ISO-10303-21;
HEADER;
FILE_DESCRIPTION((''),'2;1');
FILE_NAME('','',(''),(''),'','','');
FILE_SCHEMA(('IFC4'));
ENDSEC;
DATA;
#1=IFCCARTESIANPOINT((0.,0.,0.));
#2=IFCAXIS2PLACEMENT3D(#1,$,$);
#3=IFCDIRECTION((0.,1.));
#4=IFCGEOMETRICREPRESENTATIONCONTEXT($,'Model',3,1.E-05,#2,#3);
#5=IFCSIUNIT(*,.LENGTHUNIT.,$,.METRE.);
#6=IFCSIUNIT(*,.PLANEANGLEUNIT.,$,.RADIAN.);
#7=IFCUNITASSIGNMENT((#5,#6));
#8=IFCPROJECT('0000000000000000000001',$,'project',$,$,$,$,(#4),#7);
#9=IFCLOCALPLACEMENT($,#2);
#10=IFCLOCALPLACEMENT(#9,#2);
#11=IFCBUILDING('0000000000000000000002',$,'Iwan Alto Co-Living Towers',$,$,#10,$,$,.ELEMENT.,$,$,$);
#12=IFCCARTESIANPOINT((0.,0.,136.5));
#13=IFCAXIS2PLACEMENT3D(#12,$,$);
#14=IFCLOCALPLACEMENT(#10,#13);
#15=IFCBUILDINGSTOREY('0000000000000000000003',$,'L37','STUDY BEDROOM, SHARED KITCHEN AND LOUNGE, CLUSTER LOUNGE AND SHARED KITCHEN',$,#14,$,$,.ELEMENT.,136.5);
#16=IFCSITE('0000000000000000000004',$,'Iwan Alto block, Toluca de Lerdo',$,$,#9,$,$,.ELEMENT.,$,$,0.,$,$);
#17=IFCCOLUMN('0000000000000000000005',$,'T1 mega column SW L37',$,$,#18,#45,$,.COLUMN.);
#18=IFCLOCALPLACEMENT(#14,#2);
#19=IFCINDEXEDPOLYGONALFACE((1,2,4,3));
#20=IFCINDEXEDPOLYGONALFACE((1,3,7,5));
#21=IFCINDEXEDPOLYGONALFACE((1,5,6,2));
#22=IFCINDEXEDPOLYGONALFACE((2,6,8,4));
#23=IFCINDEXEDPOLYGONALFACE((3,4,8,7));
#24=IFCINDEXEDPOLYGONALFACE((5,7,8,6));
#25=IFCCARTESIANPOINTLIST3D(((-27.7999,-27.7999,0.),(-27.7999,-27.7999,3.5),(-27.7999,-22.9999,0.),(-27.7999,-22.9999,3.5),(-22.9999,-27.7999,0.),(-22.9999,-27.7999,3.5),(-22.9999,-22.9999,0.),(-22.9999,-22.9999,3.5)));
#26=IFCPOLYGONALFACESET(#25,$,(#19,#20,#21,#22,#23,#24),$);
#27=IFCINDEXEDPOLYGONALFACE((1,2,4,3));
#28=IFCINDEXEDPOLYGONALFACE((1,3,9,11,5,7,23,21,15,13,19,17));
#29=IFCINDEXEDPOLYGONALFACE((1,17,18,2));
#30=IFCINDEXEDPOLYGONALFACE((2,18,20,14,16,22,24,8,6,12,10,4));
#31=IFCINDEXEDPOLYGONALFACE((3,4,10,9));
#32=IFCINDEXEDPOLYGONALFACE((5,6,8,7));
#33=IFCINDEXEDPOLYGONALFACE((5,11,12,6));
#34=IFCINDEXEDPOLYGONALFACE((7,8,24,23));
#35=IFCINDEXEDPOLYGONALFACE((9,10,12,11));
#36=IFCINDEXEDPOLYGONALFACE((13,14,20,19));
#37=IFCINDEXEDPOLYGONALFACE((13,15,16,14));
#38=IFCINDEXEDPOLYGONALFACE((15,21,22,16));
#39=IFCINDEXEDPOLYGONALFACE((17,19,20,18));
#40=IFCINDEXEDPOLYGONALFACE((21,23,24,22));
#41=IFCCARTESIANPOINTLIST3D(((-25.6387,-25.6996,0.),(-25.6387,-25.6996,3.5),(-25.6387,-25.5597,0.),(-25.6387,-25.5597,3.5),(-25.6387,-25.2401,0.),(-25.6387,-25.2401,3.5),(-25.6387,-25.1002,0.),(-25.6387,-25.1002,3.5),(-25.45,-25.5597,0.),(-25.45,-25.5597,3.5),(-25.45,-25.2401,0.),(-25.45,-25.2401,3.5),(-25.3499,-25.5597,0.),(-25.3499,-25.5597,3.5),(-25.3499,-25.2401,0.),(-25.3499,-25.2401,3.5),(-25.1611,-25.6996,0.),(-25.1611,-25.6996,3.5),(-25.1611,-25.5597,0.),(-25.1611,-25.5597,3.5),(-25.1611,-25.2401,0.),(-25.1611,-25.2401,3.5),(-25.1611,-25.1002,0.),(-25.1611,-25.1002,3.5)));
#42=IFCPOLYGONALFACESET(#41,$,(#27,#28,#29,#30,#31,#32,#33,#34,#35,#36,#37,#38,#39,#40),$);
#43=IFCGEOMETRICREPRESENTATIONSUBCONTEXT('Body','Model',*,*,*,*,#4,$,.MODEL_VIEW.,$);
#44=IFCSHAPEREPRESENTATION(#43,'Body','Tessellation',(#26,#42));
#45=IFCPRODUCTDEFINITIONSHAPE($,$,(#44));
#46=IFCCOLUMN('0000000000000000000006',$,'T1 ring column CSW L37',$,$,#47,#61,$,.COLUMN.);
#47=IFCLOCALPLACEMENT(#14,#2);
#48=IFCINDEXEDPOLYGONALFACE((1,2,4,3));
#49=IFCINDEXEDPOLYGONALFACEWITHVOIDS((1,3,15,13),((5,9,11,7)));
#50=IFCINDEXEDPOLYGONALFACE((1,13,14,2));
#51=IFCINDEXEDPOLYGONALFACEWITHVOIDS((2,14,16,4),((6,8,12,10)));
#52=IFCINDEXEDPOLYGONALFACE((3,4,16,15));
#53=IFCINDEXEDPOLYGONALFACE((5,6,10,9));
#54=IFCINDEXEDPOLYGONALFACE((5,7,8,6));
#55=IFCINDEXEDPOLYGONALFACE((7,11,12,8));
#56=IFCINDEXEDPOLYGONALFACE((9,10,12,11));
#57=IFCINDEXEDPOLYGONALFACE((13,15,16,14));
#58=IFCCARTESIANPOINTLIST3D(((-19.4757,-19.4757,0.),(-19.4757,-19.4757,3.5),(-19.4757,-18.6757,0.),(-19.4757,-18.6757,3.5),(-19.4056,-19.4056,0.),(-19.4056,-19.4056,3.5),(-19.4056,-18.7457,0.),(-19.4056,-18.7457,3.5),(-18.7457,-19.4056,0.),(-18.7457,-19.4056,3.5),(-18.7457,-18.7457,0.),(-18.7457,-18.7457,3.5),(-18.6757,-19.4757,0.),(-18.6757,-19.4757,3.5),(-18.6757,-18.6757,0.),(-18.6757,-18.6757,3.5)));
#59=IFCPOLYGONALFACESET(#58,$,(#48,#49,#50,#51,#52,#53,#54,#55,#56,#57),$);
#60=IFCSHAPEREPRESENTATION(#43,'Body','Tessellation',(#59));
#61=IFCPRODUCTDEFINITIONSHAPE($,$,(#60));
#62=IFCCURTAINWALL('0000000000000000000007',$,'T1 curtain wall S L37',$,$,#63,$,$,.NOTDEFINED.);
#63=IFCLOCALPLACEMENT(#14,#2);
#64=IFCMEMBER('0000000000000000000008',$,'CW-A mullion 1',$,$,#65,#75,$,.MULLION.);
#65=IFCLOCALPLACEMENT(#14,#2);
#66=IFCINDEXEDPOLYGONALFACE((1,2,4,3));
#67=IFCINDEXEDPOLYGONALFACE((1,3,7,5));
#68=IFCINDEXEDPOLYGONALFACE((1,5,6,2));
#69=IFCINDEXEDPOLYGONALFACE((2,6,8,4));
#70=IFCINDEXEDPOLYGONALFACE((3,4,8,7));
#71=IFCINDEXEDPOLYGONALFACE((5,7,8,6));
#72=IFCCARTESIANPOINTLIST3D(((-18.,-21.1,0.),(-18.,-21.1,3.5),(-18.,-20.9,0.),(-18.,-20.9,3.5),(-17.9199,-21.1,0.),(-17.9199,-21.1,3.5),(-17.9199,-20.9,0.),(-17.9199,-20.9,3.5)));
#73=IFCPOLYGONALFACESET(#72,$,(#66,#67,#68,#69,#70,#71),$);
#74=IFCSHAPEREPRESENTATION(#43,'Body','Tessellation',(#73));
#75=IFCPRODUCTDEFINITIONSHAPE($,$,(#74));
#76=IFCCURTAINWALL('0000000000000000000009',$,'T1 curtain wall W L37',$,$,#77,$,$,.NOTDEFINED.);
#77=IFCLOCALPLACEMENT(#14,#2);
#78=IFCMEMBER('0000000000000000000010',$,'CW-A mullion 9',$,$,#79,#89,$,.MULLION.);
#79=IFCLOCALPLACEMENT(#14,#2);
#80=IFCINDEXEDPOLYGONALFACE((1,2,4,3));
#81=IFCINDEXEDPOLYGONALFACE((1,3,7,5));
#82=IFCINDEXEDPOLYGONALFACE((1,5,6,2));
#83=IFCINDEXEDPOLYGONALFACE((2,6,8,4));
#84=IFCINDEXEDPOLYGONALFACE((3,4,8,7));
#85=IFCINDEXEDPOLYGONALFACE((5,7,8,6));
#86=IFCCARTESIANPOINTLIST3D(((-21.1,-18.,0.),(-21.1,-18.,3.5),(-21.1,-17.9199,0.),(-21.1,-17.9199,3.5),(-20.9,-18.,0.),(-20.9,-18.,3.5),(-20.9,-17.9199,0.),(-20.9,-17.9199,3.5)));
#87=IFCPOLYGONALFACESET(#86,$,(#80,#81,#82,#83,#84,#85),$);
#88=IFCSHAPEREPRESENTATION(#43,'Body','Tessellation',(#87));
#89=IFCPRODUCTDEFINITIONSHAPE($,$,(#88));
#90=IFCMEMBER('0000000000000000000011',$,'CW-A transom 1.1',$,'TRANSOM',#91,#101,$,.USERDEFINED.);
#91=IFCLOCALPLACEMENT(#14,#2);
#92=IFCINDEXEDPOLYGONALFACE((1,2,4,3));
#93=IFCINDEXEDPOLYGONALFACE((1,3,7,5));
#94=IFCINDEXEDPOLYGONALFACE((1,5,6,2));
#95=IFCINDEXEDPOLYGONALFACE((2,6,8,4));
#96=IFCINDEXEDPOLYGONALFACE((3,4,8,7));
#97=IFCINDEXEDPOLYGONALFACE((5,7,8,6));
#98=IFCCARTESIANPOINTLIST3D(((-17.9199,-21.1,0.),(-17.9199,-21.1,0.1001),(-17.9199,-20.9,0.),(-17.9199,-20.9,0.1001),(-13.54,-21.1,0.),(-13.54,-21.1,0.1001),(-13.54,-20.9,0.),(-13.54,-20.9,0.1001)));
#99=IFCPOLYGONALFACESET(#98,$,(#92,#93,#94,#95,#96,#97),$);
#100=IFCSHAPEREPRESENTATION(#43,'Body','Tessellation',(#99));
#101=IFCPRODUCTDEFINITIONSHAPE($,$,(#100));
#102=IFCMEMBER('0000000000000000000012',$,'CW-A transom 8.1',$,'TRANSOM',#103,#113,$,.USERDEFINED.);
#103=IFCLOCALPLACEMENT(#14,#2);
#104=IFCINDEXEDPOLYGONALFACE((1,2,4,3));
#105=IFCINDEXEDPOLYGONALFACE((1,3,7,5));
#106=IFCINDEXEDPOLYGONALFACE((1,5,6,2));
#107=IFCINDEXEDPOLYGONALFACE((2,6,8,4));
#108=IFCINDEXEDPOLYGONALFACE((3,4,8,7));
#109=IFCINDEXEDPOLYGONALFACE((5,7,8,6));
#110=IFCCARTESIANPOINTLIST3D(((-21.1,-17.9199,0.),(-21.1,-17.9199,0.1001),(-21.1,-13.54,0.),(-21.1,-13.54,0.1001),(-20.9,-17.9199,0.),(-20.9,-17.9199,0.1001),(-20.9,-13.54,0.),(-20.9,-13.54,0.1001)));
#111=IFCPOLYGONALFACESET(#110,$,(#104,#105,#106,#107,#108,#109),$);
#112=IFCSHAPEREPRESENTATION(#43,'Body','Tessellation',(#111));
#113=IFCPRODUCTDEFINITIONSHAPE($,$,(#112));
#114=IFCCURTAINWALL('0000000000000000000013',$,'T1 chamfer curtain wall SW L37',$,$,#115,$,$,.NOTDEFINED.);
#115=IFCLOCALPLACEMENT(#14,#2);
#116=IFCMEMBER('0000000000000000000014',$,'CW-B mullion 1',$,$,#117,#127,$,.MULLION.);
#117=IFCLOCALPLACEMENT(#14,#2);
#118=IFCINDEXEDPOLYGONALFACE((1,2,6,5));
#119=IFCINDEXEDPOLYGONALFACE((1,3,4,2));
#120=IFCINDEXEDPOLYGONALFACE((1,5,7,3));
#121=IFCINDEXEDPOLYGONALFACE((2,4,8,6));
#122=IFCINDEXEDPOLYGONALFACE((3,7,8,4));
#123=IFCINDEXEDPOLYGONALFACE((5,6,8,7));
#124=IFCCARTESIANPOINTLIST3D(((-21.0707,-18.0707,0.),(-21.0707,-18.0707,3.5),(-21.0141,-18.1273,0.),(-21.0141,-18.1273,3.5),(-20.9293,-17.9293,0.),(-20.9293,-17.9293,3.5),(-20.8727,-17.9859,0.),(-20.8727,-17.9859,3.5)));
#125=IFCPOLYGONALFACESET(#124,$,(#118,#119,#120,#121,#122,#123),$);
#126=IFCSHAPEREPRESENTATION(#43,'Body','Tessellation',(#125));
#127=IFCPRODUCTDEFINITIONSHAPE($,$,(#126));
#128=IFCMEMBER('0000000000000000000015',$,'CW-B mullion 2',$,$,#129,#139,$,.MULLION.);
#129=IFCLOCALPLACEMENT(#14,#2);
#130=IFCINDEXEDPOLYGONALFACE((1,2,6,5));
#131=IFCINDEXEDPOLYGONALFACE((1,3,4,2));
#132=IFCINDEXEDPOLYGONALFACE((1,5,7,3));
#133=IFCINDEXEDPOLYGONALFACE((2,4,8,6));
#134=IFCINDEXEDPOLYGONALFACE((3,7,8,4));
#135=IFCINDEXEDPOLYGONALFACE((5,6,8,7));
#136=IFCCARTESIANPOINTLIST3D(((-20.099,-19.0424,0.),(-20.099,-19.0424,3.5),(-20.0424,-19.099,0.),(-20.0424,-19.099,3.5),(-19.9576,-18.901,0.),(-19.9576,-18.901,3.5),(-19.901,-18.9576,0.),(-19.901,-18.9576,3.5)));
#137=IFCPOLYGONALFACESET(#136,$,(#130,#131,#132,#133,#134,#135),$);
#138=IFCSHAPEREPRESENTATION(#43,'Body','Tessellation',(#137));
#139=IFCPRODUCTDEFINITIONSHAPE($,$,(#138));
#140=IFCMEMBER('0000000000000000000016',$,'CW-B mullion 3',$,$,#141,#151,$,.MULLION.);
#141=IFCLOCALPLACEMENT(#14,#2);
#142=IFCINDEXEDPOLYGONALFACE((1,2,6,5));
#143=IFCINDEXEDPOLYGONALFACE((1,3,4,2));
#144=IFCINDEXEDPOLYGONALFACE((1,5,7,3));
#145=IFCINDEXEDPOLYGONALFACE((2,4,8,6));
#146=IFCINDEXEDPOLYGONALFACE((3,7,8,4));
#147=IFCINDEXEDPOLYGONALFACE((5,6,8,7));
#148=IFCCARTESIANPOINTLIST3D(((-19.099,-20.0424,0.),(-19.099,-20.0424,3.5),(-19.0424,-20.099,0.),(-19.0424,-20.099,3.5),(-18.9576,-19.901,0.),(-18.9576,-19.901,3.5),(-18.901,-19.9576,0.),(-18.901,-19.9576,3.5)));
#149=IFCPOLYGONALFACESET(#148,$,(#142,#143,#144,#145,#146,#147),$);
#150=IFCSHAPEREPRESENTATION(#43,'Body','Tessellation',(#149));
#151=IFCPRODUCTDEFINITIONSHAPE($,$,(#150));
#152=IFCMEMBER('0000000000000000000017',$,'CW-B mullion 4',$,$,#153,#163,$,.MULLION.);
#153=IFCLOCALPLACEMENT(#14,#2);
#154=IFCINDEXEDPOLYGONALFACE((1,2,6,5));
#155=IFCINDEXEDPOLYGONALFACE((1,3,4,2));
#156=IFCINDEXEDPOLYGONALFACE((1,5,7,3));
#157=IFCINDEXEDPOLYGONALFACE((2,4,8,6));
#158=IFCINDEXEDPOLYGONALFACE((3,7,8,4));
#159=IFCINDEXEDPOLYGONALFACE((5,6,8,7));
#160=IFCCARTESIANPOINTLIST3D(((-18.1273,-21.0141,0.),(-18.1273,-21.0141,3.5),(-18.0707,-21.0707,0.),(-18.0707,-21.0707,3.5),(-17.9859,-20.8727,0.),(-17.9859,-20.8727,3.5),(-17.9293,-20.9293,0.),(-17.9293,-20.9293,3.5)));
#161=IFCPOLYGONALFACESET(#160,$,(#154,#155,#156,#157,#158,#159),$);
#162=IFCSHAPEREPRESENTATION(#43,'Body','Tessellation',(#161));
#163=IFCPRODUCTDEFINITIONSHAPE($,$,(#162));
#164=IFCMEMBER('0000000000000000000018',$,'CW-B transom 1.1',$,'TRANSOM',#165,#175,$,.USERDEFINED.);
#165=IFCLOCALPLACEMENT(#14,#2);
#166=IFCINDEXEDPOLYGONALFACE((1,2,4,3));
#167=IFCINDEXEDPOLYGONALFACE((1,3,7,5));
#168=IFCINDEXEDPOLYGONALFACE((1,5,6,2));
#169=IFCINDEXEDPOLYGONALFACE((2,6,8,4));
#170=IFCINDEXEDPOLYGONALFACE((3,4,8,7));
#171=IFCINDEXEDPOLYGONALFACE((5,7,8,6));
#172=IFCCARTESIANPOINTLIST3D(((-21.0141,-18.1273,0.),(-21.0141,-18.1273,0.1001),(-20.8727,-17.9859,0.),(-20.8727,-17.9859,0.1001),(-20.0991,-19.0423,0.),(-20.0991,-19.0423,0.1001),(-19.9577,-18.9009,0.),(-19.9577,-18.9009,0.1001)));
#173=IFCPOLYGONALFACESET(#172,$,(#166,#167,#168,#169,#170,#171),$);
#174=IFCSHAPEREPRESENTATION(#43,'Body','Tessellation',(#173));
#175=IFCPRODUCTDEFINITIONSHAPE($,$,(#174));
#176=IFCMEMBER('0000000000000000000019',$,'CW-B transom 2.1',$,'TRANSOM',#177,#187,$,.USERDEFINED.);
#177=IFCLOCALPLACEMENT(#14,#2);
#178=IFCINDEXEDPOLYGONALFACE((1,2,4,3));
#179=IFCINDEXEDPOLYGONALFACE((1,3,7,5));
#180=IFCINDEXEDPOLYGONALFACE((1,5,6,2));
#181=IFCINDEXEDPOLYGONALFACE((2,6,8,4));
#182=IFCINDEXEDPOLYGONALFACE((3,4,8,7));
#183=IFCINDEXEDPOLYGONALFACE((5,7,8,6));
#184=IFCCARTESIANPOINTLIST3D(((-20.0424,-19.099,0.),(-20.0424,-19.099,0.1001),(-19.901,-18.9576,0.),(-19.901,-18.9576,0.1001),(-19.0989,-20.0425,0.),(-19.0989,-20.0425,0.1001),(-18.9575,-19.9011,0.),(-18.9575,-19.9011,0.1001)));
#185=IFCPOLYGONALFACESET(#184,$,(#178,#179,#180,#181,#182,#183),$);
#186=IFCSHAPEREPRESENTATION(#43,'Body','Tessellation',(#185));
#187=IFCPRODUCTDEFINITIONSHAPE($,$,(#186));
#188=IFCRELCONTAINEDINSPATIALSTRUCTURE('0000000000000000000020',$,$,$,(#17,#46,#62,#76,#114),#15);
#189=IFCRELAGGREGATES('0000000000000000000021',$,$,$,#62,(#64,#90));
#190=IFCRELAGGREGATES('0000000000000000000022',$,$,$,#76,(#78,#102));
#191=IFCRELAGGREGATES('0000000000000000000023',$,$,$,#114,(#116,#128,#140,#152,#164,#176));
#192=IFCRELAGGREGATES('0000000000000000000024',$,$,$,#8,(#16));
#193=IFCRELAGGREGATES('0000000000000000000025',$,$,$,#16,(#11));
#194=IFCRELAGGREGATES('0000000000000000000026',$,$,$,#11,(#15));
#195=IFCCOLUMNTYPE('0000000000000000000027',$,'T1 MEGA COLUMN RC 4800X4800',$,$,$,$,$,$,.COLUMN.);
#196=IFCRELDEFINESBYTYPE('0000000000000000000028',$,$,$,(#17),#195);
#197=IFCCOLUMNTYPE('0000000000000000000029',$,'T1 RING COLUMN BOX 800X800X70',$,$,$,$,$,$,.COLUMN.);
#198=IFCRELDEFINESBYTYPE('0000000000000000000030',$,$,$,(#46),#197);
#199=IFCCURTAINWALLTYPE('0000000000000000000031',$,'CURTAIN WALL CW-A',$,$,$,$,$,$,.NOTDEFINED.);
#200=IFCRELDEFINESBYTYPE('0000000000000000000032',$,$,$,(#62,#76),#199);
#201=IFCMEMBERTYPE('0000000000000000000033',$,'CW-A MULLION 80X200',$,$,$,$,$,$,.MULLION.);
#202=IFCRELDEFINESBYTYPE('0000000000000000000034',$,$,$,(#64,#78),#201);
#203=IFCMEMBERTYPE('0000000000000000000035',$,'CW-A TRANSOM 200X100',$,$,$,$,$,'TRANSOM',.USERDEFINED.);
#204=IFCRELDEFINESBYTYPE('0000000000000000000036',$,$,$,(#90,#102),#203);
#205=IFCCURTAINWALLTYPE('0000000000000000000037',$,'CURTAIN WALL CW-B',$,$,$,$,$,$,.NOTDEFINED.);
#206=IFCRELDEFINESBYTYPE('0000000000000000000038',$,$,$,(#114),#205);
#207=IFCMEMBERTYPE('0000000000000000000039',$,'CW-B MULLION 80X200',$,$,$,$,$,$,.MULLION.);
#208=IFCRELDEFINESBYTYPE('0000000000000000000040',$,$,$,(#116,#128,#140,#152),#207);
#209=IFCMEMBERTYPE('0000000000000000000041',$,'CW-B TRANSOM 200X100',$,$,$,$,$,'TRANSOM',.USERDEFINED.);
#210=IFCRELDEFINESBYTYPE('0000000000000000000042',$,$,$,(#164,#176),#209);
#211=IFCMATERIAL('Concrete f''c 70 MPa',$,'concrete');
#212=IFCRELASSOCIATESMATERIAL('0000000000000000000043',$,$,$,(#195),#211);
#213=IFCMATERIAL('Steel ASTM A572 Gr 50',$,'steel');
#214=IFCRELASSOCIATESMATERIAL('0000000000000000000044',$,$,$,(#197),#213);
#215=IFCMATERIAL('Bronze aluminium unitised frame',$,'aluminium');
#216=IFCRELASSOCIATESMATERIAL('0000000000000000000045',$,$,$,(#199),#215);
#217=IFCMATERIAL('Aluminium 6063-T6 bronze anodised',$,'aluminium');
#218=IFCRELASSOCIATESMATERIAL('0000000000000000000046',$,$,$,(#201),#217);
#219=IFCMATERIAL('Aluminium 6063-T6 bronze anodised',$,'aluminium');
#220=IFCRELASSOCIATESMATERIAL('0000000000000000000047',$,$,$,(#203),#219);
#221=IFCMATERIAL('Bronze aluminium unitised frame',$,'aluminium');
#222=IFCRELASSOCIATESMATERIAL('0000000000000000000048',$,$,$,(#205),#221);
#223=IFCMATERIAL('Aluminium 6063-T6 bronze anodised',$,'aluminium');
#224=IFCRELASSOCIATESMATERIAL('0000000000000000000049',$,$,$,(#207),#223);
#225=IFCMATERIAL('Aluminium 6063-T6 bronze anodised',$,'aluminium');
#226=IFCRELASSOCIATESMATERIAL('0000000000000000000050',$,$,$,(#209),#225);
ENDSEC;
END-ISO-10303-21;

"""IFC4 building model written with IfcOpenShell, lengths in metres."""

from ifc_helpers import new_model, si_unit, direction, frame, origin, origin_2d, place, context, subcontext, project, spatial, rectangle, hollow_rectangle, i_section, extrude, material, material_profile, profile_set, type_object, element, aggregate, save


model = new_model("IFC4")

# Units and contexts
model_context = context("Model", 3, precision=1e-05, world=origin(), true_north=direction((0.0, 1.0)))
body_context = subcontext(model_context, "Body", "Model", "MODEL_VIEW")
ifc_project = project(units=[si_unit("LENGTHUNIT", "METRE"), si_unit("PLANEANGLEUNIT", "RADIAN")], contexts=[model_context])

# Site, building, storey
site_placement = place(None, origin())
site = spatial("IfcSite", under=ifc_project, at=site_placement, Name="Iwan Alto block, Toluca de Lerdo", CompositionType="ELEMENT", RefElevation=0.0)
building_placement = place(site_placement, origin())
building = spatial("IfcBuilding", under=site, at=building_placement, Name="Iwan Alto Co-Living Towers", CompositionType="ELEMENT")
storey_placement = place(building_placement, frame((0.0, 0.0, 136.5)))
storey = spatial("IfcBuildingStorey", under=building, at=storey_placement, Name="L37", Description="STUDY BEDROOM, SHARED KITCHEN AND LOUNGE, CLUSTER LOUNGE AND SHARED KITCHEN", CompositionType="ELEMENT", Elevation=136.5)

# Columns
ifc_material_1 = material(Name="Concrete f'c 70 MPa", Category="concrete")
ifc_material_profile_1 = material_profile(ifc_material_1, rectangle(XDim=4.8, YDim=4.8, at=origin_2d()), Name="RC 4800X4800")
ifc_profile_set_1 = profile_set([ifc_material_profile_1], Name="Concrete f'c 70 MPa")
column_type_1 = type_object("IfcColumnType", Name="T1 MEGA COLUMN RC 4800X4800", PredefinedType="COLUMN", material=ifc_profile_set_1)
column_1_placement = place(storey_placement, frame((-25.3999, -25.3999, 0.0), z_axis=(0.0, 0.0, 1.0), x_axis=(1.0, 0.0, 0.0)))
element("IfcColumn", 1, at=column_1_placement, inside=storey, type_object=column_type_1, Name="T1 mega column SW L37", PredefinedType="COLUMN", context=body_context, shape_type="SweptSolid", body=[
    extrude(rectangle(XDim=4.8, YDim=4.8, at=origin_2d()), origin(), (0.0, 0.0, 1.0), 3.5),
    extrude(i_section(OverallWidth=0.4775, OverallDepth=0.5994, WebThickness=0.1001, FlangeThickness=0.1399, at=origin_2d()), origin(), (0.0, 0.0, 1.0), 3.5),
])
ifc_material_2 = material(Name="Steel ASTM A572 Gr 50", Category="steel")
ifc_material_profile_2 = material_profile(ifc_material_2, hollow_rectangle(XDim=0.8, YDim=0.8, WallThickness=0.0701, at=origin_2d()), Name="BOX 800X800X70")
ifc_profile_set_2 = profile_set([ifc_material_profile_2], Name="Steel ASTM A572 Gr 50")
column_type_2 = type_object("IfcColumnType", Name="T1 RING COLUMN BOX 800X800X70", PredefinedType="COLUMN", material=ifc_profile_set_2)
column_2_placement = place(storey_placement, frame((-19.0757, -19.0757, 0.0), z_axis=(0.0, 0.0, 1.0), x_axis=(1.0, 0.0, 0.0)))
element("IfcColumn", 2, at=column_2_placement, inside=storey, type_object=column_type_2, Name="T1 ring column CSW L37", PredefinedType="COLUMN", context=body_context, shape_type="SweptSolid", body=[
    extrude(hollow_rectangle(XDim=0.8, YDim=0.8, WallThickness=0.0701, at=origin_2d()), origin(), (0.0, 0.0, 1.0), 3.5),
])

# Curtain walls, members
ifc_material_3 = material(Name="Bronze aluminium unitised frame", Category="aluminium")
curtain_wall_type_1 = type_object("IfcCurtainWallType", Name="CURTAIN WALL CW-A", PredefinedType="NOTDEFINED", material=ifc_material_3)
curtain_wall_1_placement = place(storey_placement, origin())
curtain_wall_1 = element("IfcCurtainWall", 3, at=curtain_wall_1_placement, inside=storey, type_object=curtain_wall_type_1, Name="T1 curtain wall S L37", PredefinedType="NOTDEFINED")
ifc_material_4 = material(Name="Aluminium 6063-T6 bronze anodised", Category="aluminium")
ifc_material_profile_3 = material_profile(ifc_material_4, rectangle(XDim=0.2, YDim=0.0801, at=origin_2d()), Name="AL 80X200")
ifc_profile_set_3 = profile_set([ifc_material_profile_3], Name="Aluminium 6063-T6 bronze anodised")
member_type_1 = type_object("IfcMemberType", Name="CW-A MULLION 80X200", PredefinedType="MULLION", material=ifc_profile_set_3)
member_1_placement = place(storey_placement, frame((-17.96, -21.0, 0.0), z_axis=(0.0, 0.0, 1.0), x_axis=(0.0, 1.0, 0.0)))
member_1 = element("IfcMember", 4, at=member_1_placement, type_object=member_type_1, Name="CW-A mullion 1", PredefinedType="MULLION", context=body_context, shape_type="SweptSolid", body=[
    extrude(rectangle(XDim=0.2, YDim=0.0801, at=origin_2d()), origin(), (0.0, 0.0, 1.0), 3.5),
])
curtain_wall_2_placement = place(storey_placement, origin())
curtain_wall_2 = element("IfcCurtainWall", 5, at=curtain_wall_2_placement, inside=storey, type_object=curtain_wall_type_1, Name="T1 curtain wall W L37", PredefinedType="NOTDEFINED")
member_2_placement = place(storey_placement, frame((-21.0, -17.96, 0.0), z_axis=(0.0, 0.0, 1.0), x_axis=(1.0, 0.0, 0.0)))
member_2 = element("IfcMember", 6, at=member_2_placement, type_object=member_type_1, Name="CW-A mullion 9", PredefinedType="MULLION", context=body_context, shape_type="SweptSolid", body=[
    extrude(rectangle(XDim=0.2, YDim=0.0801, at=origin_2d()), origin(), (0.0, 0.0, 1.0), 3.5),
])

# Members
ifc_material_5 = material(Name="Aluminium 6063-T6 bronze anodised", Category="aluminium")
ifc_material_profile_4 = material_profile(ifc_material_5, rectangle(XDim=0.2, YDim=0.1001, at=origin_2d()), Name="AL 200X100")
ifc_profile_set_4 = profile_set([ifc_material_profile_4], Name="Aluminium 6063-T6 bronze anodised")
member_type_2 = type_object("IfcMemberType", Name="CW-A TRANSOM 200X100", ElementType="TRANSOM", PredefinedType="USERDEFINED", material=ifc_profile_set_4)
member_3_placement = place(storey_placement, frame((-17.9199, -21.0, 0.05), z_axis=(1.0, 0.0, 0.0), x_axis=(0.0, 1.0, 0.0)))
member_3 = element("IfcMember", 7, at=member_3_placement, type_object=member_type_2, Name="CW-A transom 1.1", ObjectType="TRANSOM", PredefinedType="USERDEFINED", context=body_context, shape_type="SweptSolid", body=[
    extrude(rectangle(XDim=0.2, YDim=0.1001, at=origin_2d()), origin(), (0.0, 0.0, 1.0), 4.3799),
])
member_4_placement = place(storey_placement, frame((-21.0, -13.54, 0.05), z_axis=(0.0, -1.0, 0.0), x_axis=(1.0, 0.0, 0.0)))
member_4 = element("IfcMember", 8, at=member_4_placement, type_object=member_type_2, Name="CW-A transom 8.1", ObjectType="TRANSOM", PredefinedType="USERDEFINED", context=body_context, shape_type="SweptSolid", body=[
    extrude(rectangle(XDim=0.2, YDim=0.1001, at=origin_2d()), origin(), (0.0, 0.0, 1.0), 4.3799),
])

# Curtain wall, members
ifc_material_6 = material(Name="Bronze aluminium unitised frame", Category="aluminium")
curtain_wall_type_2 = type_object("IfcCurtainWallType", Name="CURTAIN WALL CW-B", PredefinedType="NOTDEFINED", material=ifc_material_6)
curtain_wall_3_placement = place(storey_placement, origin())
curtain_wall_3 = element("IfcCurtainWall", 9, at=curtain_wall_3_placement, inside=storey, type_object=curtain_wall_type_2, Name="T1 chamfer curtain wall SW L37", PredefinedType="NOTDEFINED")
ifc_material_7 = material(Name="Aluminium 6063-T6 bronze anodised", Category="aluminium")
ifc_material_profile_5 = material_profile(ifc_material_7, rectangle(XDim=0.2, YDim=0.0801, at=origin_2d()), Name="AL 80X200")
ifc_profile_set_5 = profile_set([ifc_material_profile_5], Name="Aluminium 6063-T6 bronze anodised")
member_type_3 = type_object("IfcMemberType", Name="CW-B MULLION 80X200", PredefinedType="MULLION", material=ifc_profile_set_5)
member_5_placement = place(storey_placement, frame((-20.9717, -18.0283, 0.0), z_axis=(0.0, 0.0, 1.0), x_axis=(0.707107, 0.707107, 0.0)))
member_5 = element("IfcMember", 10, at=member_5_placement, type_object=member_type_3, Name="CW-B mullion 1", PredefinedType="MULLION", context=body_context, shape_type="SweptSolid", body=[
    extrude(rectangle(XDim=0.2, YDim=0.0801, at=origin_2d()), origin(), (0.0, 0.0, 1.0), 3.5),
])
member_6_placement = place(storey_placement, frame((-20.0, -19.0, 0.0), z_axis=(0.0, 0.0, 1.0), x_axis=(0.707107, 0.707107, 0.0)))
member_6 = element("IfcMember", 11, at=member_6_placement, type_object=member_type_3, Name="CW-B mullion 2", PredefinedType="MULLION", context=body_context, shape_type="SweptSolid", body=[
    extrude(rectangle(XDim=0.2, YDim=0.0801, at=origin_2d()), origin(), (0.0, 0.0, 1.0), 3.5),
])
member_7_placement = place(storey_placement, frame((-19.0, -20.0, 0.0), z_axis=(0.0, 0.0, 1.0), x_axis=(0.707107, 0.707107, 0.0)))
member_7 = element("IfcMember", 12, at=member_7_placement, type_object=member_type_3, Name="CW-B mullion 3", PredefinedType="MULLION", context=body_context, shape_type="SweptSolid", body=[
    extrude(rectangle(XDim=0.2, YDim=0.0801, at=origin_2d()), origin(), (0.0, 0.0, 1.0), 3.5),
])
member_8_placement = place(storey_placement, frame((-18.0283, -20.9717, 0.0), z_axis=(0.0, 0.0, 1.0), x_axis=(0.707107, 0.707107, 0.0)))
member_8 = element("IfcMember", 13, at=member_8_placement, type_object=member_type_3, Name="CW-B mullion 4", PredefinedType="MULLION", context=body_context, shape_type="SweptSolid", body=[
    extrude(rectangle(XDim=0.2, YDim=0.0801, at=origin_2d()), origin(), (0.0, 0.0, 1.0), 3.5),
])
ifc_material_8 = material(Name="Aluminium 6063-T6 bronze anodised", Category="aluminium")
ifc_material_profile_6 = material_profile(ifc_material_8, rectangle(XDim=0.2, YDim=0.1001, at=origin_2d()), Name="AL 200X100")
ifc_profile_set_6 = profile_set([ifc_material_profile_6], Name="Aluminium 6063-T6 bronze anodised")
member_type_4 = type_object("IfcMemberType", Name="CW-B TRANSOM 200X100", ElementType="TRANSOM", PredefinedType="USERDEFINED", material=ifc_profile_set_6)
member_9_placement = place(storey_placement, frame((-20.9434, -18.0566, 0.05), z_axis=(0.707107, -0.707107, 0.0), x_axis=(0.707107, 0.707107, 0.0)))
member_9 = element("IfcMember", 14, at=member_9_placement, type_object=member_type_4, Name="CW-B transom 1.1", ObjectType="TRANSOM", PredefinedType="USERDEFINED", context=body_context, shape_type="SweptSolid", body=[
    extrude(rectangle(XDim=0.2, YDim=0.1001, at=origin_2d()), origin(), (0.0, 0.0, 1.0), 1.2939),
])
member_10_placement = place(storey_placement, frame((-19.9717, -19.0283, 0.05), z_axis=(0.707107, -0.707107, 0.0), x_axis=(0.707107, 0.707107, 0.0)))
member_10 = element("IfcMember", 15, at=member_10_placement, type_object=member_type_4, Name="CW-B transom 2.1", ObjectType="TRANSOM", PredefinedType="USERDEFINED", context=body_context, shape_type="SweptSolid", body=[
    extrude(rectangle(XDim=0.2, YDim=0.1001, at=origin_2d()), origin(), (0.0, 0.0, 1.0), 1.3342),
])

aggregate(curtain_wall_1, [member_1, member_3])
aggregate(curtain_wall_2, [member_2, member_4])
aggregate(curtain_wall_3, [member_5, member_6, member_7, member_8, member_9, member_10])

save(model, "model.ifc")
